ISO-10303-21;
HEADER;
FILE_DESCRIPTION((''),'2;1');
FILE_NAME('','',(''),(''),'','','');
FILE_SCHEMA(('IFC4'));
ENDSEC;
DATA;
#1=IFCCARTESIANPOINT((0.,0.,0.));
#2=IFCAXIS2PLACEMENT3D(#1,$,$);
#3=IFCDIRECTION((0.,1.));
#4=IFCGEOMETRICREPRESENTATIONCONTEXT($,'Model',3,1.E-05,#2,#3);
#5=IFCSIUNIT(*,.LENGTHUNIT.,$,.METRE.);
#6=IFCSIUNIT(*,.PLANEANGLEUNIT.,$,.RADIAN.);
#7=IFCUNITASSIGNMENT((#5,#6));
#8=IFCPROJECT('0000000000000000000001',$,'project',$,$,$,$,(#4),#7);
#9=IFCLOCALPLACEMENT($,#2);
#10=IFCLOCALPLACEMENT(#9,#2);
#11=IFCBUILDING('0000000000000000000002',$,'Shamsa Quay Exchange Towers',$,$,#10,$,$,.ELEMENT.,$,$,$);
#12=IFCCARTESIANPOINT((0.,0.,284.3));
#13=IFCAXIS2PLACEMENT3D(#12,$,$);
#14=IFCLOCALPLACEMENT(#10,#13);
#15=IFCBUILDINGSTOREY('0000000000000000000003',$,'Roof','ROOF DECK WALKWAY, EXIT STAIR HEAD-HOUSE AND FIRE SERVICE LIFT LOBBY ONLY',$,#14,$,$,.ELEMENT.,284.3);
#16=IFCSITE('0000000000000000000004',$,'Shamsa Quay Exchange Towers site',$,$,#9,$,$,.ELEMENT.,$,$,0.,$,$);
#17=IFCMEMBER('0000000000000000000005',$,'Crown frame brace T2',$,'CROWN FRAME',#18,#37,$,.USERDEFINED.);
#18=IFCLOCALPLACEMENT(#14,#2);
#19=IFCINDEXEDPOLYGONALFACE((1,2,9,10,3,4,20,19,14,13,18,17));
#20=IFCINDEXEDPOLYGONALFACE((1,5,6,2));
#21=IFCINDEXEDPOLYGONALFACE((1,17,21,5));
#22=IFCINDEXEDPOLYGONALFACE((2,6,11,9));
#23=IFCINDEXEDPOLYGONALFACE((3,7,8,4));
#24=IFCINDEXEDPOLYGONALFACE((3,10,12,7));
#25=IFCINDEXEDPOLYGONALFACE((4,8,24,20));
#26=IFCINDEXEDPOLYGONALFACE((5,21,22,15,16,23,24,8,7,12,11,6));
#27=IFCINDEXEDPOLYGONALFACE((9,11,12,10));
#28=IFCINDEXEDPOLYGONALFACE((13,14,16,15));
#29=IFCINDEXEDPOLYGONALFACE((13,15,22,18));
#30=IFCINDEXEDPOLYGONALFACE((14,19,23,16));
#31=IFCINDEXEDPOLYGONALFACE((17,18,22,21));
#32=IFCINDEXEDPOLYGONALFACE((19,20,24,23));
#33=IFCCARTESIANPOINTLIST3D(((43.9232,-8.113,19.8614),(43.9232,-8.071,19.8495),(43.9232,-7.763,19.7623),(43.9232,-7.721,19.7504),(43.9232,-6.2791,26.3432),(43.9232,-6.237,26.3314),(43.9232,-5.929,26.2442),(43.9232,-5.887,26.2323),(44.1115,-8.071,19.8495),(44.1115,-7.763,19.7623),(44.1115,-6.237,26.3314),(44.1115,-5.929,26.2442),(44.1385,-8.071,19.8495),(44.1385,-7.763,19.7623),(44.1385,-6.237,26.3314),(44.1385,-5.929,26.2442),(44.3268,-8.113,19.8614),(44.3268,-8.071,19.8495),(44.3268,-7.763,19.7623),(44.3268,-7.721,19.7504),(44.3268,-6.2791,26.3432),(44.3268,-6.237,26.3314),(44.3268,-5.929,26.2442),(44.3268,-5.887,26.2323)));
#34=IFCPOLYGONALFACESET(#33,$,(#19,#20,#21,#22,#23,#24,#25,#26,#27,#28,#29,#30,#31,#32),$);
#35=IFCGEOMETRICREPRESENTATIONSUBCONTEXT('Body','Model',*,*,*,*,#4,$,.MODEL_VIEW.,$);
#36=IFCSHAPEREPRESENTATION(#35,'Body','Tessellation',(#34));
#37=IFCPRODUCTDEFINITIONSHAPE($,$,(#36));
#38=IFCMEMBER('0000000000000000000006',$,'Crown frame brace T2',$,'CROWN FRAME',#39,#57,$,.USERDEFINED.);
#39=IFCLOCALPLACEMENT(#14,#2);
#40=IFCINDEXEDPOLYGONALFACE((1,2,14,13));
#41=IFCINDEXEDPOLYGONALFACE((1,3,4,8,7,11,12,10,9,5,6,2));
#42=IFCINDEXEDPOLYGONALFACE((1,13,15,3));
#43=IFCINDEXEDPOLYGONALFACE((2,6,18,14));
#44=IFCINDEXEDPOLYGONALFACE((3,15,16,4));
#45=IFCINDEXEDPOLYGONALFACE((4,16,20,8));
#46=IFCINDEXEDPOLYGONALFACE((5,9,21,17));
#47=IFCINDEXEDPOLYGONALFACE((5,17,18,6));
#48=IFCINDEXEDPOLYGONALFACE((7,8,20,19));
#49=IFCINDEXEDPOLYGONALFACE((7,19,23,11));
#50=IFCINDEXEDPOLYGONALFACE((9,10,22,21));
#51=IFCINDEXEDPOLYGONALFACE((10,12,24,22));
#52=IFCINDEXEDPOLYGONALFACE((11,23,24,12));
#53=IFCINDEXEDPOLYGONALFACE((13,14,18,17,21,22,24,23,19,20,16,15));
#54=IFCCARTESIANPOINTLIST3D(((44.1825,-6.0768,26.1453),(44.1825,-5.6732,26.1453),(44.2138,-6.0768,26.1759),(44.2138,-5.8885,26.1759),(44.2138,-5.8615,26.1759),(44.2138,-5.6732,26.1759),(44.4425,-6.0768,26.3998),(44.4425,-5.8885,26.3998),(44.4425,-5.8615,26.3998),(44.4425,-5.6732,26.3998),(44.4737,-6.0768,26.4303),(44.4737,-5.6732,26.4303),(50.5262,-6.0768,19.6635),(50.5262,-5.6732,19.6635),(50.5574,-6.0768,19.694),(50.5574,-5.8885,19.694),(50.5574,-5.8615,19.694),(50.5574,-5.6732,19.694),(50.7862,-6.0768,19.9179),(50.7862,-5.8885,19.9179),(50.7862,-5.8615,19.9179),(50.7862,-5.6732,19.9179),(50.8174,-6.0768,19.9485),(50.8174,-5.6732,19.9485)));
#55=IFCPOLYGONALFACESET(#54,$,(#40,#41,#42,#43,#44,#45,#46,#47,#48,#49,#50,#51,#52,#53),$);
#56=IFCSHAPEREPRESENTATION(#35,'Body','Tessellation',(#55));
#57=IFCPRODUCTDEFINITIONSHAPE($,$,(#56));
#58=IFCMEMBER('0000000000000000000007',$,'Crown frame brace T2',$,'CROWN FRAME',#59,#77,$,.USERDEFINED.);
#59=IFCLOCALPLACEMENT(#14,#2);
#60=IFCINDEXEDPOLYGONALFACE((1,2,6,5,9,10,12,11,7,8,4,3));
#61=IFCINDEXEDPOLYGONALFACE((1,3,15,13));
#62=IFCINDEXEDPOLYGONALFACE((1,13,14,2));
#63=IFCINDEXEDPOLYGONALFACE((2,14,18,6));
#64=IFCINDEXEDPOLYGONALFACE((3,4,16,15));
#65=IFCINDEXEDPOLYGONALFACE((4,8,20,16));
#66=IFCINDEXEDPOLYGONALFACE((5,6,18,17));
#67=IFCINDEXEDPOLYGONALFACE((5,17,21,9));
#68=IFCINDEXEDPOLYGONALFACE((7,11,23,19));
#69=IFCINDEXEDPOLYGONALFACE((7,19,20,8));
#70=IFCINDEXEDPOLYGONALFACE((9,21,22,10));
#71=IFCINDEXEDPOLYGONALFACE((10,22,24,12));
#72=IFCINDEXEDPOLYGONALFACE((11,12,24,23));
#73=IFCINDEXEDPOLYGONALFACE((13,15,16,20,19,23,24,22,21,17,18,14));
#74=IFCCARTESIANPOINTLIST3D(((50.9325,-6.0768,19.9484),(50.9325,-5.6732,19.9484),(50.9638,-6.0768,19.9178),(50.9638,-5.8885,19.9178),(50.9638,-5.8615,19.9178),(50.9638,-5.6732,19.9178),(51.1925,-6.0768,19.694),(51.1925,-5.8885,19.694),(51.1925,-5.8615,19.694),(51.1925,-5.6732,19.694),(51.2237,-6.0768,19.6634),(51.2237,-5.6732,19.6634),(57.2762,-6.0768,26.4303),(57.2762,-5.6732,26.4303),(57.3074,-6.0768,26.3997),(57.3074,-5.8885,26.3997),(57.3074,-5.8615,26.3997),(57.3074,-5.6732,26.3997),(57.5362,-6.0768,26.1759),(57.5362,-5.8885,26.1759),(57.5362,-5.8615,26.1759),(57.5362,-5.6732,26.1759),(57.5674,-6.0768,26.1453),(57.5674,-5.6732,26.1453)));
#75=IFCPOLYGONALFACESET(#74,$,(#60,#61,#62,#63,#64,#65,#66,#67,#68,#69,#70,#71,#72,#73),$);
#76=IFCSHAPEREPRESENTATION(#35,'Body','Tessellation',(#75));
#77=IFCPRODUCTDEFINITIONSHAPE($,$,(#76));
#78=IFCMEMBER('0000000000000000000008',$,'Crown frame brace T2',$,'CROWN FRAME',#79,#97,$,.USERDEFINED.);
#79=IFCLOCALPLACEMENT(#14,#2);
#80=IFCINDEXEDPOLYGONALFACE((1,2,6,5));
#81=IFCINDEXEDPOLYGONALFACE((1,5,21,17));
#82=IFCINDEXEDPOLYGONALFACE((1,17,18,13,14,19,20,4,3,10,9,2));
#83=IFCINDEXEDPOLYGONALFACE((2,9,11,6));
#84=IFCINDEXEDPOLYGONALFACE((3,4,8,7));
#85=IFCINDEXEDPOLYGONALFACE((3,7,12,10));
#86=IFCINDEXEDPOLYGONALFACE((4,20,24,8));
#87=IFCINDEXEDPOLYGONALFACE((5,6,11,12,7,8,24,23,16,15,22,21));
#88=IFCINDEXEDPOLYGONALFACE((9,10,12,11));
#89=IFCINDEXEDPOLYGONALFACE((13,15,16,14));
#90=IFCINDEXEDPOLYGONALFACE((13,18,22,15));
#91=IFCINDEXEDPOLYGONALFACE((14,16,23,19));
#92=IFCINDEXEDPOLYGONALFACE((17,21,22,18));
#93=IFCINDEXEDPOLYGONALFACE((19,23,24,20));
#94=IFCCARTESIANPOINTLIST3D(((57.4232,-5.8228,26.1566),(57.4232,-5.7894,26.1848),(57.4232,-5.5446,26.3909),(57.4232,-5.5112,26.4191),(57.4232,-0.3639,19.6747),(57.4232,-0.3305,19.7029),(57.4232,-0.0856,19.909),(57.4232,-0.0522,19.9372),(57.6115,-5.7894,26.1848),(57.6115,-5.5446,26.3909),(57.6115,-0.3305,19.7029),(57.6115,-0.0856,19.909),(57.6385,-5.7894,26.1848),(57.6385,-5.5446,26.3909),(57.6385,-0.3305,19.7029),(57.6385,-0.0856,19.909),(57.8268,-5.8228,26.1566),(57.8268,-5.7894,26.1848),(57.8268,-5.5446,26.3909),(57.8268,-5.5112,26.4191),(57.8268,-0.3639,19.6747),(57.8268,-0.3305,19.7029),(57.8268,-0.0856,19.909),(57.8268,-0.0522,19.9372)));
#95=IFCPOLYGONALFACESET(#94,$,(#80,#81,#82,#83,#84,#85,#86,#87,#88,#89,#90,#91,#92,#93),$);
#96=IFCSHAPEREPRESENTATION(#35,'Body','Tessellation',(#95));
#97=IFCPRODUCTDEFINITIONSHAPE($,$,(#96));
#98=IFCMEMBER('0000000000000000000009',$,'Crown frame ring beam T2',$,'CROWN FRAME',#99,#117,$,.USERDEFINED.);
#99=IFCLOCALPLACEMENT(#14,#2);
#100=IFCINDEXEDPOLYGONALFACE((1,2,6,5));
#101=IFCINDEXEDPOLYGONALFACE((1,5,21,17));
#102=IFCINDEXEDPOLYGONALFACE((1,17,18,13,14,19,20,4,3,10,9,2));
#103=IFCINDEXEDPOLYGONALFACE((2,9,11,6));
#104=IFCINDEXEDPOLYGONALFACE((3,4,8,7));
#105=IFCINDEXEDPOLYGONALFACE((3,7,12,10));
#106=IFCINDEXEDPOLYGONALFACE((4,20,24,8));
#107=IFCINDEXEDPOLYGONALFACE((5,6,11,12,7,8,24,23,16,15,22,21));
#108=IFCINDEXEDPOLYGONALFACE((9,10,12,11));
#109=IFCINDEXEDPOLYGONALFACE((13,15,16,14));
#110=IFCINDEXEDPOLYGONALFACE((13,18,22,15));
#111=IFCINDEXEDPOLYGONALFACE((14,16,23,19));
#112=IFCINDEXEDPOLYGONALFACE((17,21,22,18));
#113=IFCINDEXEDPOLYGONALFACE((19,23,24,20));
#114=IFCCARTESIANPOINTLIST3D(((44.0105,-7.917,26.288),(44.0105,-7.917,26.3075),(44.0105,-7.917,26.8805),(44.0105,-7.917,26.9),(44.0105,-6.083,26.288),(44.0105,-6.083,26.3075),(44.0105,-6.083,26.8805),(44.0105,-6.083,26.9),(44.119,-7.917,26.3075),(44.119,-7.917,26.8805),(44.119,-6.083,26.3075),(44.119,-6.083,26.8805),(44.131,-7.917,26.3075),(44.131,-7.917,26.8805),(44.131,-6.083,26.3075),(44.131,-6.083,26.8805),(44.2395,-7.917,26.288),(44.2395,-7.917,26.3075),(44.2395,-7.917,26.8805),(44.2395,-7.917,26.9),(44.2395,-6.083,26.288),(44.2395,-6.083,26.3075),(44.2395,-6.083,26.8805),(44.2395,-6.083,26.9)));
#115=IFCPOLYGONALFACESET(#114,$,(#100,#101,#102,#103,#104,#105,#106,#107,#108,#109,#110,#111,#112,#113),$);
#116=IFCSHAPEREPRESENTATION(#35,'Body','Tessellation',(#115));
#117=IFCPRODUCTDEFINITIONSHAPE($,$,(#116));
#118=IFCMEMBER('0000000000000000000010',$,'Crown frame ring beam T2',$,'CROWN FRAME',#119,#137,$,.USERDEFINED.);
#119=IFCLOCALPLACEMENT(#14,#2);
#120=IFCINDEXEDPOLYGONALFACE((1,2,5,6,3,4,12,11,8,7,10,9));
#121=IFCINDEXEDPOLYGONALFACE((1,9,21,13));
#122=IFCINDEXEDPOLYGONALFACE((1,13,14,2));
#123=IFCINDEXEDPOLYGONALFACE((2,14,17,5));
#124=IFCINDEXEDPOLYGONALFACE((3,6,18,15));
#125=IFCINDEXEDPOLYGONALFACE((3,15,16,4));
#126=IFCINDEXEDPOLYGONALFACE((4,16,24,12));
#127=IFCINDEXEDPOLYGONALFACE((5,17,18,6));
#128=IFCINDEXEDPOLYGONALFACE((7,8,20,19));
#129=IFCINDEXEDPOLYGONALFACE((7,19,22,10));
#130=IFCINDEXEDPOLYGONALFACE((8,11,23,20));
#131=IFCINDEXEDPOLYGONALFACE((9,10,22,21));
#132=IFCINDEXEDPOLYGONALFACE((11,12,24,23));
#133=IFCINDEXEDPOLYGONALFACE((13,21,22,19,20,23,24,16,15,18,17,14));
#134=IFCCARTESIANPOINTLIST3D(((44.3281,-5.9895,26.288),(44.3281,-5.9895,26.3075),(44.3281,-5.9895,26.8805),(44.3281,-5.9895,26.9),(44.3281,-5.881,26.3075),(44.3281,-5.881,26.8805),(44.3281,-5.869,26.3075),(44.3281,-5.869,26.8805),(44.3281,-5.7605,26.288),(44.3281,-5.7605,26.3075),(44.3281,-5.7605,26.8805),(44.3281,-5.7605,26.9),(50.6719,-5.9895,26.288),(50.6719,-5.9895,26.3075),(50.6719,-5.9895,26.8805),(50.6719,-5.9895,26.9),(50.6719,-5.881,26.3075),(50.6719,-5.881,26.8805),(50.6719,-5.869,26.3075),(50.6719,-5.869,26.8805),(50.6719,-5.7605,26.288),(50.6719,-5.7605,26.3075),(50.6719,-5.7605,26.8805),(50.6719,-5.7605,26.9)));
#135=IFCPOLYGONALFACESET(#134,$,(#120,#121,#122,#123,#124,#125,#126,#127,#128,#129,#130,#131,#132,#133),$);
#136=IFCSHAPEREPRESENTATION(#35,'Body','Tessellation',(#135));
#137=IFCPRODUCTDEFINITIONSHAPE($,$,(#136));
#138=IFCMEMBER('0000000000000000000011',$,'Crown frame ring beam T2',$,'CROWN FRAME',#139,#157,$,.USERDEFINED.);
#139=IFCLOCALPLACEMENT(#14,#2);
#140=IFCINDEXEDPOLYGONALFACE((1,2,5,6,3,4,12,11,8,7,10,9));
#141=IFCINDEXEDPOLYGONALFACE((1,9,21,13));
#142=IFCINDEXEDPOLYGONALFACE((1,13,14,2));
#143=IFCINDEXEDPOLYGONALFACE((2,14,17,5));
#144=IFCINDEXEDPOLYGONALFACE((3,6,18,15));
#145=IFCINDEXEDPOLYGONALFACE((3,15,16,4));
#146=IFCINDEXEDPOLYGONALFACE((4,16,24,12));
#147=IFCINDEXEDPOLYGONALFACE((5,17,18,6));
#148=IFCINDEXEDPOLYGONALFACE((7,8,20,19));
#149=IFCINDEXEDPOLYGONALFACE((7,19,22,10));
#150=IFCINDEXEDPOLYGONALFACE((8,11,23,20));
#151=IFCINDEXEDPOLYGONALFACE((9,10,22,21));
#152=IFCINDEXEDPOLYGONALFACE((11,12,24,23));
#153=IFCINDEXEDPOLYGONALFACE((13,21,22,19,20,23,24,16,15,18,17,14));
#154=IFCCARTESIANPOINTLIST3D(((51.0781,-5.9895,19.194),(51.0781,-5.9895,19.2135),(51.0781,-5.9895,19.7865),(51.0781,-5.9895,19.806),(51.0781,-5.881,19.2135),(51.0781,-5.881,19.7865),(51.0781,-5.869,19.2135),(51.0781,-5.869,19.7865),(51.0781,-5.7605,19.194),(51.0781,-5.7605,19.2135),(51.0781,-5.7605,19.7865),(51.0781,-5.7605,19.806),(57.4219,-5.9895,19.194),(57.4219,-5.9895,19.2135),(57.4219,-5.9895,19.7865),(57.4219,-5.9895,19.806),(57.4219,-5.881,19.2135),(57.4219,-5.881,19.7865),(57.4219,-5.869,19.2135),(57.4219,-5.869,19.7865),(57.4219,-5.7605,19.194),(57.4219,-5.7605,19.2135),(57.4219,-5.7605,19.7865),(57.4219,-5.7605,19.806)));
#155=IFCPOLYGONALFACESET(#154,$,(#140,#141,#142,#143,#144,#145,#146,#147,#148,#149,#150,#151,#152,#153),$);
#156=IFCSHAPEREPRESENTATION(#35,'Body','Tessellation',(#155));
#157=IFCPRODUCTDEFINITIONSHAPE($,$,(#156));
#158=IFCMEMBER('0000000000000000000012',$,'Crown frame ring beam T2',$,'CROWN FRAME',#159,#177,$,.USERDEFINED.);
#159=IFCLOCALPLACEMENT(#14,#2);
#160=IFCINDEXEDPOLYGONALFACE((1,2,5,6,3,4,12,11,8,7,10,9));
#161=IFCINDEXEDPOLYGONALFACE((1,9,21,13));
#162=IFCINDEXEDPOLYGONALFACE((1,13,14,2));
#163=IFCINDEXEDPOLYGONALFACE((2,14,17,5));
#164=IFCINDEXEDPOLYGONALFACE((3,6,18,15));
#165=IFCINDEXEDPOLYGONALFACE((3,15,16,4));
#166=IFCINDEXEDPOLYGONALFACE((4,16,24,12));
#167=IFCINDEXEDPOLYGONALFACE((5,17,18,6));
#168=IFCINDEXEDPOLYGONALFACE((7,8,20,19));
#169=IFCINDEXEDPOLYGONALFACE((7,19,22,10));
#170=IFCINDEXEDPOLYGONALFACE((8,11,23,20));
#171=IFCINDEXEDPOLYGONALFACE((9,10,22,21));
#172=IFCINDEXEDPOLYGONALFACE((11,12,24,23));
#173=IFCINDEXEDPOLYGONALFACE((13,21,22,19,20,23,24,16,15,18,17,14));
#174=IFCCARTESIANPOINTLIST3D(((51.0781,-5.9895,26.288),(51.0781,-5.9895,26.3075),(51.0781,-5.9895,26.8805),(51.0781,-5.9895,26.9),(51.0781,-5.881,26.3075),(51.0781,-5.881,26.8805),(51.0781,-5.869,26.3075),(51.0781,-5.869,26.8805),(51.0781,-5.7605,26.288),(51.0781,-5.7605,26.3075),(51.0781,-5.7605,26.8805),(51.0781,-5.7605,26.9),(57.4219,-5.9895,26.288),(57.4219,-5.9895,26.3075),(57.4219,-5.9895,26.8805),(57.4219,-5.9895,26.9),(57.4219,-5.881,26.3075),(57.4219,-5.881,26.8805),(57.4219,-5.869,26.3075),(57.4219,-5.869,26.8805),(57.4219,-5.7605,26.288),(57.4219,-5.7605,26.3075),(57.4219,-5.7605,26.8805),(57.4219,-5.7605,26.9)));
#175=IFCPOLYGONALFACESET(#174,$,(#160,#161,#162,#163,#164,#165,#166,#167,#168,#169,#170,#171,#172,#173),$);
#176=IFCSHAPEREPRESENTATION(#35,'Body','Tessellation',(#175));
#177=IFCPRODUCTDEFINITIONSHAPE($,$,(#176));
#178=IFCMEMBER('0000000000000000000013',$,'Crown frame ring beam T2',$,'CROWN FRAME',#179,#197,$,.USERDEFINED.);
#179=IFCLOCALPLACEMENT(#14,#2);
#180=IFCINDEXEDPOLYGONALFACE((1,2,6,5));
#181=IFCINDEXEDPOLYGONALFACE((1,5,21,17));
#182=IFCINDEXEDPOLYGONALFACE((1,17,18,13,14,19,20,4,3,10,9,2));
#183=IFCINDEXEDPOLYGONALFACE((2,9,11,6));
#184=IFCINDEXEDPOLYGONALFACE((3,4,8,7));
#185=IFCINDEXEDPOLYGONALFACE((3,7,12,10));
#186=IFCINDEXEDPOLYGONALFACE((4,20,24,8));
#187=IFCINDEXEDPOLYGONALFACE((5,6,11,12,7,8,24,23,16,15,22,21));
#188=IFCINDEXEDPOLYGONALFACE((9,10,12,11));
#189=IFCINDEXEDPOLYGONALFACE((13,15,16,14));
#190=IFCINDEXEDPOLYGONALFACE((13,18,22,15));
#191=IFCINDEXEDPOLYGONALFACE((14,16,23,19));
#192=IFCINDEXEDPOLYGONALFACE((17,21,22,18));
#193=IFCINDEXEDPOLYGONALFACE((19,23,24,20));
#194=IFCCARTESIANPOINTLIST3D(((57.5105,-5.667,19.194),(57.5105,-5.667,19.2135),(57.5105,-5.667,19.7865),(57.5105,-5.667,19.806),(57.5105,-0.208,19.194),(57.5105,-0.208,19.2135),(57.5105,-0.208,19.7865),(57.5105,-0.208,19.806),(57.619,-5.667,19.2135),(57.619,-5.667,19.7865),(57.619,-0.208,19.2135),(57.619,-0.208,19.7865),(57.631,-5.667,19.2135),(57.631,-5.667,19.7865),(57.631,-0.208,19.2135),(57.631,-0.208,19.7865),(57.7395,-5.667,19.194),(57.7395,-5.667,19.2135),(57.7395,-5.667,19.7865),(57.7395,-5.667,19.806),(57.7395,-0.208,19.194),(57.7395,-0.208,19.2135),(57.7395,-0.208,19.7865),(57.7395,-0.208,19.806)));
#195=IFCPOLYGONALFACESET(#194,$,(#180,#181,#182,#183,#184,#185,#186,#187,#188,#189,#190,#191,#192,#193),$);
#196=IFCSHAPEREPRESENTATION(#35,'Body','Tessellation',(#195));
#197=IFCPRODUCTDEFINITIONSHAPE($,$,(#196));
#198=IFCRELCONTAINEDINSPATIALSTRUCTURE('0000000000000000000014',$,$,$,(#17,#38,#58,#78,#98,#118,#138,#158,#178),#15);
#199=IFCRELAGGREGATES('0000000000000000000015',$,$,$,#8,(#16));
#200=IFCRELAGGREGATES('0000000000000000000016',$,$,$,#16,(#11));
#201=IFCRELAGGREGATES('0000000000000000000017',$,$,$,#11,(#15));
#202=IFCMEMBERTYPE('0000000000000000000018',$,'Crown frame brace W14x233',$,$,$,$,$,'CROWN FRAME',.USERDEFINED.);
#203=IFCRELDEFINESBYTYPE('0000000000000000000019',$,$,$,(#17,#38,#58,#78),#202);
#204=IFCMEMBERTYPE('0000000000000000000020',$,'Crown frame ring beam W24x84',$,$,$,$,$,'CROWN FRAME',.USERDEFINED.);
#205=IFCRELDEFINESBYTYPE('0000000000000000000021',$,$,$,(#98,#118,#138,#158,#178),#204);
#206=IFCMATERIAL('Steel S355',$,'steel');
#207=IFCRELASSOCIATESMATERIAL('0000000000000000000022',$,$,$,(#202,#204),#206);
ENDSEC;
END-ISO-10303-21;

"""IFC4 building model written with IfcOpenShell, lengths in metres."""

from ifc_helpers import new_model, si_unit, direction, frame, origin, origin_2d, place, context, subcontext, project, spatial, i_section, extrude, material, material_profile, profile_set, type_object, element, save


model = new_model("IFC4")

# Units and contexts
model_context = context("Model", 3, precision=1e-05, world=origin(), true_north=direction((0.0, 1.0)))
body_context = subcontext(model_context, "Body", "Model", "MODEL_VIEW")
ifc_project = project(units=[si_unit("LENGTHUNIT", "METRE"), si_unit("PLANEANGLEUNIT", "RADIAN")], contexts=[model_context])

# Site, building, storey
site_placement = place(None, origin())
site = spatial("IfcSite", under=ifc_project, at=site_placement, Name="Shamsa Quay Exchange Towers site", CompositionType="ELEMENT", RefElevation=0.0)
building_placement = place(site_placement, origin())
building = spatial("IfcBuilding", under=site, at=building_placement, Name="Shamsa Quay Exchange Towers", CompositionType="ELEMENT")
storey_placement = place(building_placement, frame((0.0, 0.0, 284.3)))
storey = spatial("IfcBuildingStorey", under=building, at=storey_placement, Name="Roof", Description="ROOF DECK WALKWAY, EXIT STAIR HEAD-HOUSE AND FIRE SERVICE LIFT LOBBY ONLY", CompositionType="ELEMENT", Elevation=284.3)

# Members
ifc_material_1 = material(Name="Steel S355", Category="steel")
ifc_material_profile_1 = material_profile(ifc_material_1, i_section(OverallWidth=0.4036, OverallDepth=0.4075, WebThickness=0.0271, FlangeThickness=0.0437, at=origin_2d()), Name="W14x233")
ifc_profile_set_1 = profile_set([ifc_material_profile_1], Name="Steel S355")
member_type_1 = type_object("IfcMemberType", Name="Crown frame brace W14x233", ElementType="CROWN FRAME", PredefinedType="USERDEFINED", material=ifc_profile_set_1)
member_1_placement = place(storey_placement, frame((44.125, -7.917, 19.8059), z_axis=(0.0, 0.27225, 0.962226), x_axis=(-1.0, 0.0, 0.0)))
element("IfcMember", 1, at=member_1_placement, inside=storey, type_object=member_type_1, Name="Crown frame brace T2", ObjectType="CROWN FRAME", PredefinedType="USERDEFINED", context=body_context, shape_type="SweptSolid", body=[
    extrude(i_section(OverallWidth=0.4036, OverallDepth=0.4075, WebThickness=0.0271, FlangeThickness=0.0437, at=origin_2d()), origin(), (0.0, 0.0, 1.0), 6.7363),
])
for number, where, z_axis, x_axis, name in (
    (2, (44.3281, -5.875, 26.2878), (0.699448, 0.0, -0.714684), (0.0, 1.0, 0.0), "Crown frame brace T2"),
    (3, (51.0781, -5.875, 19.8059), (0.699448, 0.0, 0.714684), (0.0, 1.0, 0.0), "Crown frame brace T2"),
):
    element("IfcMember", number, at=place(storey_placement, frame(where, z_axis=z_axis, x_axis=x_axis)), inside=storey, type_object=member_type_1, Name=name, ObjectType="CROWN FRAME", PredefinedType="USERDEFINED", context=body_context, shape_type="SweptSolid", body=[
        extrude(i_section(OverallWidth=0.4036, OverallDepth=0.4075, WebThickness=0.0271, FlangeThickness=0.0437, at=origin_2d()), origin(), (0.0, 0.0, 1.0), 9.0696),
    ])
member_2_placement = place(storey_placement, frame((57.625, -5.667, 26.2878), z_axis=(0.0, 0.644171, -0.764881), x_axis=(-1.0, 0.0, 0.0)))
element("IfcMember", 4, at=member_2_placement, inside=storey, type_object=member_type_1, Name="Crown frame brace T2", ObjectType="CROWN FRAME", PredefinedType="USERDEFINED", context=body_context, shape_type="SweptSolid", body=[
    extrude(i_section(OverallWidth=0.4036, OverallDepth=0.4075, WebThickness=0.0271, FlangeThickness=0.0437, at=origin_2d()), origin(), (0.0, 0.0, 1.0), 8.4744),
])
ifc_material_profile_2 = material_profile(ifc_material_1, i_section(OverallWidth=0.229, OverallDepth=0.6121, WebThickness=0.012, FlangeThickness=0.0195, at=origin_2d()), Name="W24x84")
ifc_profile_set_2 = profile_set([ifc_material_profile_2], Name="Steel S355")
member_type_2 = type_object("IfcMemberType", Name="Crown frame ring beam W24x84", ElementType="CROWN FRAME", PredefinedType="USERDEFINED", material=ifc_profile_set_2)
member_3_placement = place(storey_placement, frame((44.125, -7.917, 26.594), z_axis=(0.0, 1.0, 0.0), x_axis=(-1.0, 0.0, 0.0)))
element("IfcMember", 5, at=member_3_placement, inside=storey, type_object=member_type_2, Name="Crown frame ring beam T2", ObjectType="CROWN FRAME", PredefinedType="USERDEFINED", context=body_context, shape_type="SweptSolid", body=[
    extrude(i_section(OverallWidth=0.229, OverallDepth=0.6121, WebThickness=0.012, FlangeThickness=0.0195, at=origin_2d()), origin(), (0.0, 0.0, 1.0), 1.834),
])
for number, where, z_axis, x_axis, name in (
    (6, (44.3281, -5.875, 26.594), (1.0, 0.0, 0.0), (0.0, 1.0, 0.0), "Crown frame ring beam T2"),
    (7, (51.0781, -5.875, 19.5), (1.0, 0.0, 0.0), (0.0, 1.0, 0.0), "Crown frame ring beam T2"),
    (8, (51.0781, -5.875, 26.594), (1.0, 0.0, 0.0), (0.0, 1.0, 0.0), "Crown frame ring beam T2"),
):
    element("IfcMember", number, at=place(storey_placement, frame(where, z_axis=z_axis, x_axis=x_axis)), inside=storey, type_object=member_type_2, Name=name, ObjectType="CROWN FRAME", PredefinedType="USERDEFINED", context=body_context, shape_type="SweptSolid", body=[
        extrude(i_section(OverallWidth=0.229, OverallDepth=0.6121, WebThickness=0.012, FlangeThickness=0.0195, at=origin_2d()), origin(), (0.0, 0.0, 1.0), 6.3438),
    ])
for number, where, z_axis, x_axis, name in (
    (9, (57.625, -5.667, 19.5), (0.0, 1.0, 0.0), (-1.0, 0.0, 0.0), "Crown frame ring beam T2"),
):
    element("IfcMember", number, at=place(storey_placement, frame(where, z_axis=z_axis, x_axis=x_axis)), inside=storey, type_object=member_type_2, Name=name, ObjectType="CROWN FRAME", PredefinedType="USERDEFINED", context=body_context, shape_type="SweptSolid", body=[
        extrude(i_section(OverallWidth=0.229, OverallDepth=0.6121, WebThickness=0.012, FlangeThickness=0.0195, at=origin_2d()), origin(), (0.0, 0.0, 1.0), 5.459),
    ])

save(model, "model.ifc")
